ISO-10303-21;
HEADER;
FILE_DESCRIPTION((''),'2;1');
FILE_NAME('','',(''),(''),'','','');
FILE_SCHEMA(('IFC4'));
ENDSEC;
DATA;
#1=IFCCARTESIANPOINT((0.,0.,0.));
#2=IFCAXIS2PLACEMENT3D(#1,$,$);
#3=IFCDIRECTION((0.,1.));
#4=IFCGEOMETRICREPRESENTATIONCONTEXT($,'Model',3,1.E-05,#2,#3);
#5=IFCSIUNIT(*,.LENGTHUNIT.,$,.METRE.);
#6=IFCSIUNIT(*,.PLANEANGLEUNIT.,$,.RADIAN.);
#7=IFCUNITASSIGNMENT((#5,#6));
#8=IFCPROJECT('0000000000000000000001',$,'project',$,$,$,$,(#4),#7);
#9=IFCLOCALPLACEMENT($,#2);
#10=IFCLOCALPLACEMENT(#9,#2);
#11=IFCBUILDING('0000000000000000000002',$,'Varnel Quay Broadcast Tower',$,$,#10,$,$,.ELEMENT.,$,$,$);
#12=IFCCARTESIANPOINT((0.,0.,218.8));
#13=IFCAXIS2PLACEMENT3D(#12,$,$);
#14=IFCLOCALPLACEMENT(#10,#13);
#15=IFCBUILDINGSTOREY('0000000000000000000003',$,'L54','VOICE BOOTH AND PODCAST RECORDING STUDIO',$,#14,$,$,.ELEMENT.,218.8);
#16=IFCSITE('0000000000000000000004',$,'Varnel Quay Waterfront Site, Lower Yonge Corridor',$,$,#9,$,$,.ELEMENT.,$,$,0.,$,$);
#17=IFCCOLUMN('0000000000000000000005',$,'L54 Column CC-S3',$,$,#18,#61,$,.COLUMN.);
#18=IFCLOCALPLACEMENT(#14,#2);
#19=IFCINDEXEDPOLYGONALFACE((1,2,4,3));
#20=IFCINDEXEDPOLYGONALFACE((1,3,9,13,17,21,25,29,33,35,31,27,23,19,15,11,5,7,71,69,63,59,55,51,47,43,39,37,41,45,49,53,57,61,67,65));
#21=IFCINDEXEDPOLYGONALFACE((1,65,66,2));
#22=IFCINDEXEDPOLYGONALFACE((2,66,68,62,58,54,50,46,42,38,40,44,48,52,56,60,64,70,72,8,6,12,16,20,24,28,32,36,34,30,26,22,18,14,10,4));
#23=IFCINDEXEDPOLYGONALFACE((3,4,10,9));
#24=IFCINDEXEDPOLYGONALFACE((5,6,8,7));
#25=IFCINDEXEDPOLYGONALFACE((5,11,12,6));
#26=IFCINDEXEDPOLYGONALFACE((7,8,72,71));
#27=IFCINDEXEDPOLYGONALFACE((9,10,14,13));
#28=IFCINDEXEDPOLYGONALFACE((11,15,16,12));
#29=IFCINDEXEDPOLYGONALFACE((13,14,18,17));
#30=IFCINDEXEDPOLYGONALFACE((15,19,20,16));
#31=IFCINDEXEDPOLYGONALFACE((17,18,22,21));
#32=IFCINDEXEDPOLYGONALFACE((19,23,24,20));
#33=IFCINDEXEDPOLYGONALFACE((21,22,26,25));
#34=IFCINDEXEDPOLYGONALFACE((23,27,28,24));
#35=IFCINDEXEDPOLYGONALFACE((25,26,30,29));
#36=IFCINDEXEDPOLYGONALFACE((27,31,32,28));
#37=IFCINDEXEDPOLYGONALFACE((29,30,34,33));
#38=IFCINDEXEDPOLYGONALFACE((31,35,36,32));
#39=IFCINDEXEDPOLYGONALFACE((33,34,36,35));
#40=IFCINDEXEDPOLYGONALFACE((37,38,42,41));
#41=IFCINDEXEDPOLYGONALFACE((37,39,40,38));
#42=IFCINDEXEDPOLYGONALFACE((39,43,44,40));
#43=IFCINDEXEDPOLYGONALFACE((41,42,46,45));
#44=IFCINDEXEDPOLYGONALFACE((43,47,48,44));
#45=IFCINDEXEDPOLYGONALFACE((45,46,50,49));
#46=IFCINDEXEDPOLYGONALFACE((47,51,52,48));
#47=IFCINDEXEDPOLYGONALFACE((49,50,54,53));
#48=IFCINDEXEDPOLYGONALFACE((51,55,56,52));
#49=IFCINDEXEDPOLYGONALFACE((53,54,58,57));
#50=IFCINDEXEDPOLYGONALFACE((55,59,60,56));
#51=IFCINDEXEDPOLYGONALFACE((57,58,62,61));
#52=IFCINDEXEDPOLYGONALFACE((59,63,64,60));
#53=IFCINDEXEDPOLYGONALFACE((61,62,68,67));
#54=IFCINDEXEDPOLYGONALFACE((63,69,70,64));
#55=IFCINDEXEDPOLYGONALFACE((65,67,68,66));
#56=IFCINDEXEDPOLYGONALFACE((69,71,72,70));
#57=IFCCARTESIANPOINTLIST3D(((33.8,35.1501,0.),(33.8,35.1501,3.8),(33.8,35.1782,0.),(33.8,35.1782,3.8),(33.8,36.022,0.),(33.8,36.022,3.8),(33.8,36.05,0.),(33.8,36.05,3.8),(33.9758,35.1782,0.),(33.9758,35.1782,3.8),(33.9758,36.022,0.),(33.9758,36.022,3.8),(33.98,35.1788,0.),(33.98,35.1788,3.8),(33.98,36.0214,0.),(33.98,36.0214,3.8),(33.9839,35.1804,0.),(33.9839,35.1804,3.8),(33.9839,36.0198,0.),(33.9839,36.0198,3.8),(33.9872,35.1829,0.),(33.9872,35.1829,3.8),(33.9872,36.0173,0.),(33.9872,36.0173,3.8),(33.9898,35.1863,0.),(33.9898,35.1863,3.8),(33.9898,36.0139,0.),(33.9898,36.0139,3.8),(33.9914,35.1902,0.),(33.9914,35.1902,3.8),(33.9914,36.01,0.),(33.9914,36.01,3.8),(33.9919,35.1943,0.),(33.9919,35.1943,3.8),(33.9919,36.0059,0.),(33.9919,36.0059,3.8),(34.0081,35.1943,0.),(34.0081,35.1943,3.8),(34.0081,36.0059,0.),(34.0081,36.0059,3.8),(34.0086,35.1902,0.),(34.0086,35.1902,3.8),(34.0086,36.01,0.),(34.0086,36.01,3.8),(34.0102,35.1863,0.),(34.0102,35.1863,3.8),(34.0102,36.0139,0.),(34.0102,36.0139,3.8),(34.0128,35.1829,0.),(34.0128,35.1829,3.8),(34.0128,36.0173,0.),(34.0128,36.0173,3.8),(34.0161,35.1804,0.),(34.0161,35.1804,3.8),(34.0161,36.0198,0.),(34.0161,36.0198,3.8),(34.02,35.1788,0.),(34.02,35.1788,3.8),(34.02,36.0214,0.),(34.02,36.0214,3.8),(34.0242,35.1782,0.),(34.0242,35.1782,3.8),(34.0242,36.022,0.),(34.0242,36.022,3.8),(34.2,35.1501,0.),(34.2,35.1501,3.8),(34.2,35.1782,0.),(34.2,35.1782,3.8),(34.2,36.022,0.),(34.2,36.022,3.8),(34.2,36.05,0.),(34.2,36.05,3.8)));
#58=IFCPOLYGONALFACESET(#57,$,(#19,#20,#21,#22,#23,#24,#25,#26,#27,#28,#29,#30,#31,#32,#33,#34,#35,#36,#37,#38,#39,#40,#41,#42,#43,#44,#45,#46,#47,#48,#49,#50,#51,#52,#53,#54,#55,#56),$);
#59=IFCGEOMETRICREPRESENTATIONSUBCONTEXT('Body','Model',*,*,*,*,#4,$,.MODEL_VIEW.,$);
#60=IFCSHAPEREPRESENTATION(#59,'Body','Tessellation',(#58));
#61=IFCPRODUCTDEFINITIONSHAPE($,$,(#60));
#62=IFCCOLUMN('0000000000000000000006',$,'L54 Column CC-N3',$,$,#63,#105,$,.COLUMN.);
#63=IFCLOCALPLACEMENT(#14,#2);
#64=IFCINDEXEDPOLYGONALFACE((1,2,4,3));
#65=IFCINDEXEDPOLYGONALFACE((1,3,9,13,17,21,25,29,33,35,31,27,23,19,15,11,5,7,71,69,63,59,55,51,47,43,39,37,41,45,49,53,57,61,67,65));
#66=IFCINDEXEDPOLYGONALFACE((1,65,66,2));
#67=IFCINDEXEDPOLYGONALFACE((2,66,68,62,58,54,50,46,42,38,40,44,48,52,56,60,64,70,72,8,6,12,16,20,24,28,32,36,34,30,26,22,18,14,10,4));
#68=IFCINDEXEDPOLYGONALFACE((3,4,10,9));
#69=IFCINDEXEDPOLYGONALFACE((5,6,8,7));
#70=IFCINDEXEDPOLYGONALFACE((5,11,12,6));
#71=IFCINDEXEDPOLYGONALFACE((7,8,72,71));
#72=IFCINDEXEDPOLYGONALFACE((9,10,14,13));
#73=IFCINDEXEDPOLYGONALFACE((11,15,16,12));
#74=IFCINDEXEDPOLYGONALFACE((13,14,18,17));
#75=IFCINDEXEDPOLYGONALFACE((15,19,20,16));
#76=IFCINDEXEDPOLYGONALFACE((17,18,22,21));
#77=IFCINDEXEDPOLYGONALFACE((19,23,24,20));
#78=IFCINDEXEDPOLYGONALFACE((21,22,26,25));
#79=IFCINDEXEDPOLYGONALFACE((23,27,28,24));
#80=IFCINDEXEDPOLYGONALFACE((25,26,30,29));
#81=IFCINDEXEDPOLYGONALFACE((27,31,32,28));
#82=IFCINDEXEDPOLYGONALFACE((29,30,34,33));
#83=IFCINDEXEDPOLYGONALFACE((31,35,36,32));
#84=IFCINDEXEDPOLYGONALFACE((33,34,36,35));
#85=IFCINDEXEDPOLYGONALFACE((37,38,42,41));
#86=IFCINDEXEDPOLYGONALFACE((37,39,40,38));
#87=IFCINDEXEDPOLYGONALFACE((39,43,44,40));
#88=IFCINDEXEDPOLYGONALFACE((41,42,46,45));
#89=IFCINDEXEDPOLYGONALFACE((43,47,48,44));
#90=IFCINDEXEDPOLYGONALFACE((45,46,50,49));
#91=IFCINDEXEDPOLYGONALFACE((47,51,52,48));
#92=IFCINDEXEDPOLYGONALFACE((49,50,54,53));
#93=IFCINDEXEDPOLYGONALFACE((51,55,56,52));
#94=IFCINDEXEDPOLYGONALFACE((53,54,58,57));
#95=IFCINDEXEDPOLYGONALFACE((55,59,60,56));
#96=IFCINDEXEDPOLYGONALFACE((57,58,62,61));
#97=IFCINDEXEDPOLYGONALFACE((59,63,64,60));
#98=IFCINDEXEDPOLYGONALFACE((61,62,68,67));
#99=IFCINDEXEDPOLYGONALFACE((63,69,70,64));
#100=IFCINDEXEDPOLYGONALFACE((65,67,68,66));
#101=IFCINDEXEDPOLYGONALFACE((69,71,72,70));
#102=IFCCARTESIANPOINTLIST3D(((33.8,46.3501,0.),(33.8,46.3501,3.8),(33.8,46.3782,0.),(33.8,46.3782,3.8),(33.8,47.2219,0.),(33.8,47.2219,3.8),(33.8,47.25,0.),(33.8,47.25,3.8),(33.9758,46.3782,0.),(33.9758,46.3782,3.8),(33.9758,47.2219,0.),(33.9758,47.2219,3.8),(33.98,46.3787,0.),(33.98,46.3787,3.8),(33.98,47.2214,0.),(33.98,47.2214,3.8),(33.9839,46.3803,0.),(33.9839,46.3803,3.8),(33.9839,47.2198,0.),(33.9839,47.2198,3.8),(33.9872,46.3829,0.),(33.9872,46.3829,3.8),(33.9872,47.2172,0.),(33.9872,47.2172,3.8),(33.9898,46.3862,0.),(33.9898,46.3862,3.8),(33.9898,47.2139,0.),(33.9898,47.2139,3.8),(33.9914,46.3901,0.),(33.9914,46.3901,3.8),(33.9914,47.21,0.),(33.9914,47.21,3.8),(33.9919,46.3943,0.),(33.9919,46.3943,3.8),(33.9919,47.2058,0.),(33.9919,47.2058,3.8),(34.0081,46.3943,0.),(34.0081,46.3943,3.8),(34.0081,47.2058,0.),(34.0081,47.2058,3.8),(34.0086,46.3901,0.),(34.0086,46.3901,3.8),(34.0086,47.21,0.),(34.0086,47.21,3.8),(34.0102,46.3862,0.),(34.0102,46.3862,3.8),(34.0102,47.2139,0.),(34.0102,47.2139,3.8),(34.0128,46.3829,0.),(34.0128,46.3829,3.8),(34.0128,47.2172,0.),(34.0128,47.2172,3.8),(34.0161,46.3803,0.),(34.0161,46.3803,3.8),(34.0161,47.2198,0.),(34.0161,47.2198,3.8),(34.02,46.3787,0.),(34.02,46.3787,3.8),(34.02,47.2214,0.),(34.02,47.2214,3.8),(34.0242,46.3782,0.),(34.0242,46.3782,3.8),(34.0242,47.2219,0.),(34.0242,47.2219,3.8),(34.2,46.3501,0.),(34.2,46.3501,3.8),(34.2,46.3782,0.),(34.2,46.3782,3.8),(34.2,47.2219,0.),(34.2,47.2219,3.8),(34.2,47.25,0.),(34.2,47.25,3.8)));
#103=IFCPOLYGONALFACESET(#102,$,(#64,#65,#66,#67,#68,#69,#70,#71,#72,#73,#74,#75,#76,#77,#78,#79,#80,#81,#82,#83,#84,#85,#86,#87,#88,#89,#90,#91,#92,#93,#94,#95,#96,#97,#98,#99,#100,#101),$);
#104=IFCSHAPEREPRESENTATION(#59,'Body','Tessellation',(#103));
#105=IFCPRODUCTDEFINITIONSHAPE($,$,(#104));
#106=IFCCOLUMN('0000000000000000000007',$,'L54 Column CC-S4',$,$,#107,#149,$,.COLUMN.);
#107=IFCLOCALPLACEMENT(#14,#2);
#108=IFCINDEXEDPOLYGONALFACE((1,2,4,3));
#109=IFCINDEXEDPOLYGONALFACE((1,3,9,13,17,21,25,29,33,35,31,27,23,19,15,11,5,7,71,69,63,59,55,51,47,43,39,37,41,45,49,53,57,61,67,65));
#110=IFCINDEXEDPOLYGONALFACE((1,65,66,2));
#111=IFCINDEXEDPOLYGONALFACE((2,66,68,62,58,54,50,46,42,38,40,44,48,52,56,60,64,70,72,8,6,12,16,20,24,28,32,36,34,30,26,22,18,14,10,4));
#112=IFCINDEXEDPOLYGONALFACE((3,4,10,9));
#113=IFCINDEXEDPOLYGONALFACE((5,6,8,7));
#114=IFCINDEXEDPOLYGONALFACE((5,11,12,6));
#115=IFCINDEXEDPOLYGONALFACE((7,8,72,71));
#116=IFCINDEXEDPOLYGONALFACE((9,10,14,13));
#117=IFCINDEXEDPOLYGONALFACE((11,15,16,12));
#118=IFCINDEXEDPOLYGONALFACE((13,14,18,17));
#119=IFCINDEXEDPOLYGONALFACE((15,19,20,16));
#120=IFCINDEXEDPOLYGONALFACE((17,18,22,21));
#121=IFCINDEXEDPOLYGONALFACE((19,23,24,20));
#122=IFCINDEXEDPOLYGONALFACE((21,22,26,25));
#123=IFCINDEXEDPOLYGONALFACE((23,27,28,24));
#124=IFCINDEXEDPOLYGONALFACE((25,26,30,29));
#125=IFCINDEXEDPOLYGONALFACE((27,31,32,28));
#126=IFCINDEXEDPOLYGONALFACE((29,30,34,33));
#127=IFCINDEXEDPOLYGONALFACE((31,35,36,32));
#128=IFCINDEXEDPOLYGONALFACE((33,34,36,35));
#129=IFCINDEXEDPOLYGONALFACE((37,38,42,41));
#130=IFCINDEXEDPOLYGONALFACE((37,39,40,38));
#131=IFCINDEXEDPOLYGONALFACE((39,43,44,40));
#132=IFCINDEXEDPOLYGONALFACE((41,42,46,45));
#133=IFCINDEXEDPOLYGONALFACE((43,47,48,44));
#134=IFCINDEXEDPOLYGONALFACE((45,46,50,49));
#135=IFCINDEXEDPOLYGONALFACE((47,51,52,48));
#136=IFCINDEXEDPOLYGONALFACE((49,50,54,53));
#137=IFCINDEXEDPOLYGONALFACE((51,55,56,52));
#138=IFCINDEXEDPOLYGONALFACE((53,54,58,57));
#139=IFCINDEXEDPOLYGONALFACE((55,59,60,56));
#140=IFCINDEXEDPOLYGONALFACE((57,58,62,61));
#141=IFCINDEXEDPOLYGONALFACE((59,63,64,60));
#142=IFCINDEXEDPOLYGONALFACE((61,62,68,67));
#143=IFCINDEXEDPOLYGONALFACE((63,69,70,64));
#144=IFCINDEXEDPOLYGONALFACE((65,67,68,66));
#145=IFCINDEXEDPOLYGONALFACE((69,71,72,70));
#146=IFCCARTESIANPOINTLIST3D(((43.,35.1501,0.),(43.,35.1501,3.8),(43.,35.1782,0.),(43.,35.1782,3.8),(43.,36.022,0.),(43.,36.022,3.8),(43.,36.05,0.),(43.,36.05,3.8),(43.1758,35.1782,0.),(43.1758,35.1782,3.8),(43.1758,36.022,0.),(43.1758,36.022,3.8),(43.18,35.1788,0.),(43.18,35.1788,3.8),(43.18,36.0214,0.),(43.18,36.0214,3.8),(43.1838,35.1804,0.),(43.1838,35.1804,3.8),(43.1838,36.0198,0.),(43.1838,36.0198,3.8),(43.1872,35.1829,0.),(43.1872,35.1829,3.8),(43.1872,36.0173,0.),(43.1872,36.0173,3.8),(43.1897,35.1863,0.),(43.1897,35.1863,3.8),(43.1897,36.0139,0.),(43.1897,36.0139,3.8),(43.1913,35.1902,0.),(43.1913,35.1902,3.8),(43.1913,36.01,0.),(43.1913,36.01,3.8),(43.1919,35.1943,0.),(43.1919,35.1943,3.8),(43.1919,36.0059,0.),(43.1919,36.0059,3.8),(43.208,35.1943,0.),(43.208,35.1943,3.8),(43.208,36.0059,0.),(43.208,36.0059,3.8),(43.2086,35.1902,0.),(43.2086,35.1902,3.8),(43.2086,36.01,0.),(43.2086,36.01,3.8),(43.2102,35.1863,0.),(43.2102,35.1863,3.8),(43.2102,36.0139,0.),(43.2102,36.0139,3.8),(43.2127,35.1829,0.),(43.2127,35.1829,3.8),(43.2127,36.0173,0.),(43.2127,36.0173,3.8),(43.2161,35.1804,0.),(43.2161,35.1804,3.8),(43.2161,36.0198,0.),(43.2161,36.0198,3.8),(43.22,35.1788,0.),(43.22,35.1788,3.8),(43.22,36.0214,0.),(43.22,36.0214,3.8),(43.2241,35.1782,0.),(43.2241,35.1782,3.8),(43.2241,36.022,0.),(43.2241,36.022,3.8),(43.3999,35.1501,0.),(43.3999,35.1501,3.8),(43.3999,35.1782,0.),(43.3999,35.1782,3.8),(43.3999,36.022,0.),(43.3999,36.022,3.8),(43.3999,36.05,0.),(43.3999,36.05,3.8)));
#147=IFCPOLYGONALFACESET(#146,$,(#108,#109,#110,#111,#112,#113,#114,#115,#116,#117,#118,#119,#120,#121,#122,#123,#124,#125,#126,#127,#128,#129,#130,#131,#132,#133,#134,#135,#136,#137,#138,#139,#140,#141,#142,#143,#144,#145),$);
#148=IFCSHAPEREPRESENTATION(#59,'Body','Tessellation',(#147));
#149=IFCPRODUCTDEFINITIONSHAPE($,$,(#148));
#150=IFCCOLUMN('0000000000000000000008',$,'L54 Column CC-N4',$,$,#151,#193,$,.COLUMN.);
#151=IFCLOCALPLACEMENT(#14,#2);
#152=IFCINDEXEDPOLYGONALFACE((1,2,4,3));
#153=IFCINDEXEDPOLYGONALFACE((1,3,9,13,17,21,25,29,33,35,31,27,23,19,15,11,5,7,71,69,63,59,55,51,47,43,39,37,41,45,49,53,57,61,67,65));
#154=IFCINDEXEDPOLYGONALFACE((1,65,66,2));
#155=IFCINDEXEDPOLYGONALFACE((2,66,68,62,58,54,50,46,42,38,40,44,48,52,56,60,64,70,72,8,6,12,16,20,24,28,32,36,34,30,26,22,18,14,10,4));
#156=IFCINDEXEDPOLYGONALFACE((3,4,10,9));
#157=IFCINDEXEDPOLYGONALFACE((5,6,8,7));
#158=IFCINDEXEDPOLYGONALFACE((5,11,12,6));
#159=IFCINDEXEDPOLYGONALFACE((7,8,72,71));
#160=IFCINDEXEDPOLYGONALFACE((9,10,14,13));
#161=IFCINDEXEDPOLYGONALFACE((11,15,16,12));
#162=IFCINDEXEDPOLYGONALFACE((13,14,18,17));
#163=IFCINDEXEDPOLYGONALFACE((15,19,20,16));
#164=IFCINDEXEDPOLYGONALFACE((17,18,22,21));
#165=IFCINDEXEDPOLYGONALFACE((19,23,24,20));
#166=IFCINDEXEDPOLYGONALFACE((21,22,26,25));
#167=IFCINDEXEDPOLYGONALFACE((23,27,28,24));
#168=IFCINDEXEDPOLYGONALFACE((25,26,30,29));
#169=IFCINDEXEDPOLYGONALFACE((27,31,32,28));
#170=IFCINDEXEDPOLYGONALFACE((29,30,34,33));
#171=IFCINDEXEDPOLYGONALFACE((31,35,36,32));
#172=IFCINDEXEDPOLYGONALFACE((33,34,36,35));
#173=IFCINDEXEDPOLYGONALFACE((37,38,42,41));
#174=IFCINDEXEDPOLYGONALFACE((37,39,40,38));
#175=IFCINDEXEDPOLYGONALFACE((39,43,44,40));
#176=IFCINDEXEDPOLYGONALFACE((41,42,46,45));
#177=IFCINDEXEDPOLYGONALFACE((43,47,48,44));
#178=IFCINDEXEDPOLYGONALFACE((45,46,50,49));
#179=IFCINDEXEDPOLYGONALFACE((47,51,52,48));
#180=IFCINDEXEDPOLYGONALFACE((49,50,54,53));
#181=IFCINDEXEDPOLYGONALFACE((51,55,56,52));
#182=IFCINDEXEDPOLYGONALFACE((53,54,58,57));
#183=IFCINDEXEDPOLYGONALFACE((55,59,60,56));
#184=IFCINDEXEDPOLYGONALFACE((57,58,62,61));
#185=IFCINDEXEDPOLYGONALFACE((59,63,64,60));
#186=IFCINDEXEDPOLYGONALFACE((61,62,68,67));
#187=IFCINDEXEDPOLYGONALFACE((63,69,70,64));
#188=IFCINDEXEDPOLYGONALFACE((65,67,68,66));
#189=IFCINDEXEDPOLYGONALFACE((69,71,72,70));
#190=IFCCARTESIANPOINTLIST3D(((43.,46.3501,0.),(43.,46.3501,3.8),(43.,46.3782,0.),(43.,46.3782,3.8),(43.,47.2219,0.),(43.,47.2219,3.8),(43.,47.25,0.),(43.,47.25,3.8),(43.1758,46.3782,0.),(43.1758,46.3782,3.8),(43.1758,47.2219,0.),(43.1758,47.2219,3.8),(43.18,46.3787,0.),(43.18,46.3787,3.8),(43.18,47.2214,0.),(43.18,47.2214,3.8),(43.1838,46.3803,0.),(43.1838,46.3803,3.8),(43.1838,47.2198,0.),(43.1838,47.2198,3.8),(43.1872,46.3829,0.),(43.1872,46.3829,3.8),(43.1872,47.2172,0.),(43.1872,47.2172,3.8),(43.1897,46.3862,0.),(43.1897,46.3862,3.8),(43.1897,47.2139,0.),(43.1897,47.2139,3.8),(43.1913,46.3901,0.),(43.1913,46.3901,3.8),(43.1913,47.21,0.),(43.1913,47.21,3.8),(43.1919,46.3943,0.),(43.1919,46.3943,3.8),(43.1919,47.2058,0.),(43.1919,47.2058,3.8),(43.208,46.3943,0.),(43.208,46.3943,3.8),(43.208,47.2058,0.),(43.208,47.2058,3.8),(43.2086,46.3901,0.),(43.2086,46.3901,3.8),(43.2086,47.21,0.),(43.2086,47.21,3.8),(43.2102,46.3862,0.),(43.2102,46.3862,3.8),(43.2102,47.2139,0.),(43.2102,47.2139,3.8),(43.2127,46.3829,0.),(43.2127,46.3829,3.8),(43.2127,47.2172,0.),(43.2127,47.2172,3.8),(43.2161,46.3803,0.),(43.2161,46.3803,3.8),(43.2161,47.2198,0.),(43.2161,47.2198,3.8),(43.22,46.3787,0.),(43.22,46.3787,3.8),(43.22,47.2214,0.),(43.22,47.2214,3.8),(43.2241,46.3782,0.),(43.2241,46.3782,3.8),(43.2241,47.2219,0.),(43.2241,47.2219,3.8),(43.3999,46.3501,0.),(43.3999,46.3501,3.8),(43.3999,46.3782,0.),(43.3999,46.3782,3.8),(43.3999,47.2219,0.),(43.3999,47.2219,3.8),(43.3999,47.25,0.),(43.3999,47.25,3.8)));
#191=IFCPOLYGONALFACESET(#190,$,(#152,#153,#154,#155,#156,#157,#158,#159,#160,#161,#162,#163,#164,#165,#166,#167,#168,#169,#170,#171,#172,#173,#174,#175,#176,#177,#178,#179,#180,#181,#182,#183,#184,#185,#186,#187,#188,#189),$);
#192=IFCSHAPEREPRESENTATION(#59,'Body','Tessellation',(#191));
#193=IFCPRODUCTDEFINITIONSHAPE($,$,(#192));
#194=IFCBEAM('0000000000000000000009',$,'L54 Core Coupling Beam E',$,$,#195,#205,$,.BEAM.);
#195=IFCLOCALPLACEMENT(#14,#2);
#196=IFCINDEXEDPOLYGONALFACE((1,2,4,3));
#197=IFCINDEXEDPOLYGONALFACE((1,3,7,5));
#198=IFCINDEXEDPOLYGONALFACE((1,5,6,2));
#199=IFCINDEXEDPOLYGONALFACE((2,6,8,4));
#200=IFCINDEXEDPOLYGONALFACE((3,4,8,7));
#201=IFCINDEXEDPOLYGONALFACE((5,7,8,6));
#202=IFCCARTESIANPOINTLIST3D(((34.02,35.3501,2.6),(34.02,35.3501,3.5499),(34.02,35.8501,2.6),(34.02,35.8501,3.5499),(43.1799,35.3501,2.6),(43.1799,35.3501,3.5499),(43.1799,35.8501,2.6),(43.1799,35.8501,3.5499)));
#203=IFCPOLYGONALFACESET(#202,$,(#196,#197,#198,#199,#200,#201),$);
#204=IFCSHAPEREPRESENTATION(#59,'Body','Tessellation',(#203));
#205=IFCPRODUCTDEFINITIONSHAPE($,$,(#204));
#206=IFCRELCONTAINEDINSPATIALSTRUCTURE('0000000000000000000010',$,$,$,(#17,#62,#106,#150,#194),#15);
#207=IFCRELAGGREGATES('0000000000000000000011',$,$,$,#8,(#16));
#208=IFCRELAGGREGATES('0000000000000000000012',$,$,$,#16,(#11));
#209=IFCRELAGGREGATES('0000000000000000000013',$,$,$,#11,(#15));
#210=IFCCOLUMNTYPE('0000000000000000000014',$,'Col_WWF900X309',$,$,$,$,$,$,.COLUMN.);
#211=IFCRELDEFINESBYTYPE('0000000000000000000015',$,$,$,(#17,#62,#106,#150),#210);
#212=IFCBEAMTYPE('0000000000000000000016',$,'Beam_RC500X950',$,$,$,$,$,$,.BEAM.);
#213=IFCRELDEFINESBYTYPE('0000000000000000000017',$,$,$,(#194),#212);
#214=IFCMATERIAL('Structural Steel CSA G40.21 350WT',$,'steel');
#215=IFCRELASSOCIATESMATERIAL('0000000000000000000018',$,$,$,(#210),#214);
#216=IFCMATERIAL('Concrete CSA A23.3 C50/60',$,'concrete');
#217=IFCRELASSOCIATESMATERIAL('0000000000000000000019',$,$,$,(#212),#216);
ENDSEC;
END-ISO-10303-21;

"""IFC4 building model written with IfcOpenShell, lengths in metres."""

from ifc_helpers import new_model, si_unit, direction, frame, origin, origin_2d, place, context, subcontext, project, spatial, rectangle, i_section, extrude, source, transform, mapped, material, material_profile, profile_set, type_object, type_shapes, element, save


model = new_model("IFC4")

# Units and contexts
model_context = context("Model", 3, precision=1e-05, world=origin(), true_north=direction((0.0, 1.0)))
body_context = subcontext(model_context, "Body", "Model", "MODEL_VIEW")
ifc_project = project(units=[si_unit("LENGTHUNIT", "METRE"), si_unit("PLANEANGLEUNIT", "RADIAN")], contexts=[model_context])

# Site, building, storey
site_placement = place(None, origin())
site = spatial("IfcSite", under=ifc_project, at=site_placement, Name="Varnel Quay Waterfront Site, Lower Yonge Corridor", CompositionType="ELEMENT", RefElevation=0.0)
building_placement = place(site_placement, origin())
building = spatial("IfcBuilding", under=site, at=building_placement, Name="Varnel Quay Broadcast Tower", CompositionType="ELEMENT")
storey_placement = place(building_placement, frame((0.0, 0.0, 218.8)))
storey = spatial("IfcBuildingStorey", under=building, at=storey_placement, Name="L54", Description="VOICE BOOTH AND PODCAST RECORDING STUDIO", CompositionType="ELEMENT", Elevation=218.8)

# Columns
ifc_material_1 = material(Name="Structural Steel CSA G40.21 350WT", Category="steel")
ifc_material_profile_1 = material_profile(ifc_material_1, i_section(OverallWidth=0.3999, OverallDepth=0.8999, WebThickness=0.0161, FlangeThickness=0.0281, FilletRadius=0.0161, at=origin_2d()), Name="WWF900X309")
ifc_profile_set_1 = profile_set([ifc_material_profile_1], Name="Structural Steel CSA G40.21 350WT")
column_type = type_object("IfcColumnType", Name="Col_WWF900X309", PredefinedType="COLUMN", material=ifc_profile_set_1)
shared_shape_1 = source(origin(), body_context, "Body", "SweptSolid", [
    extrude(i_section(OverallWidth=0.3999, OverallDepth=0.8999, WebThickness=0.0161, FlangeThickness=0.0281, FilletRadius=0.0161, at=origin_2d()), origin(), (0.0, 0.0, 1.0), 3.8),
])
type_shapes(column_type, [shared_shape_1])
for number, where, z_axis, x_axis, name in (
    (1, (34.0, 35.6001, 0.0), (0.0, 0.0, 1.0), (1.0, 0.0, 0.0), "L54 Column CC-S3"),
    (2, (34.0, 46.8, 0.0), (0.0, 0.0, 1.0), (1.0, 0.0, 0.0), "L54 Column CC-N3"),
    (3, (43.2, 35.6001, 0.0), (0.0, 0.0, 1.0), (1.0, 0.0, 0.0), "L54 Column CC-S4"),
    (4, (43.2, 46.8, 0.0), (0.0, 0.0, 1.0), (1.0, 0.0, 0.0), "L54 Column CC-N4"),
):
    element("IfcColumn", number, at=place(storey_placement, frame(where, z_axis=z_axis, x_axis=x_axis)), inside=storey, type_object=column_type, Name=name, PredefinedType="COLUMN", context=body_context, shape_type="MappedRepresentation", body=[
        mapped(shared_shape_1, transform((0.0, 0.0, 0.0), x_axis=(1.0, 0.0, 0.0), y_axis=(0.0, 1.0, 0.0), z_axis=(0.0, 0.0, 1.0), scale=1.0)),
    ])

# Beam
ifc_material_2 = material(Name="Concrete CSA A23.3 C50/60", Category="concrete")
ifc_material_profile_2 = material_profile(ifc_material_2, rectangle(XDim=0.5, YDim=0.95, at=origin_2d()), Name="RC500X950")
ifc_profile_set_2 = profile_set([ifc_material_profile_2], Name="Concrete CSA A23.3 C50/60")
beam_type = type_object("IfcBeamType", Name="Beam_RC500X950", PredefinedType="BEAM", material=ifc_profile_set_2)
shared_shape_2 = source(origin(), body_context, "Body", "SweptSolid", [
    extrude(rectangle(XDim=0.5, YDim=0.95, at=origin_2d()), origin(), (0.0, 0.0, 1.0), 9.1599),
])
type_shapes(beam_type, [shared_shape_2])
beam_placement = place(storey_placement, frame((34.02, 35.6001, 3.075), z_axis=(1.0, 0.0, 0.0), x_axis=(0.0, 1.0, 0.0)))
element("IfcBeam", 5, at=beam_placement, inside=storey, type_object=beam_type, Name="L54 Core Coupling Beam E", PredefinedType="BEAM", context=body_context, shape_type="MappedRepresentation", body=[
    mapped(shared_shape_2, transform((0.0, 0.0, 0.0), x_axis=(1.0, 0.0, 0.0), y_axis=(0.0, 1.0, 0.0), z_axis=(0.0, 0.0, 1.0), scale=1.0)),
])

save(model, "model.ifc")
